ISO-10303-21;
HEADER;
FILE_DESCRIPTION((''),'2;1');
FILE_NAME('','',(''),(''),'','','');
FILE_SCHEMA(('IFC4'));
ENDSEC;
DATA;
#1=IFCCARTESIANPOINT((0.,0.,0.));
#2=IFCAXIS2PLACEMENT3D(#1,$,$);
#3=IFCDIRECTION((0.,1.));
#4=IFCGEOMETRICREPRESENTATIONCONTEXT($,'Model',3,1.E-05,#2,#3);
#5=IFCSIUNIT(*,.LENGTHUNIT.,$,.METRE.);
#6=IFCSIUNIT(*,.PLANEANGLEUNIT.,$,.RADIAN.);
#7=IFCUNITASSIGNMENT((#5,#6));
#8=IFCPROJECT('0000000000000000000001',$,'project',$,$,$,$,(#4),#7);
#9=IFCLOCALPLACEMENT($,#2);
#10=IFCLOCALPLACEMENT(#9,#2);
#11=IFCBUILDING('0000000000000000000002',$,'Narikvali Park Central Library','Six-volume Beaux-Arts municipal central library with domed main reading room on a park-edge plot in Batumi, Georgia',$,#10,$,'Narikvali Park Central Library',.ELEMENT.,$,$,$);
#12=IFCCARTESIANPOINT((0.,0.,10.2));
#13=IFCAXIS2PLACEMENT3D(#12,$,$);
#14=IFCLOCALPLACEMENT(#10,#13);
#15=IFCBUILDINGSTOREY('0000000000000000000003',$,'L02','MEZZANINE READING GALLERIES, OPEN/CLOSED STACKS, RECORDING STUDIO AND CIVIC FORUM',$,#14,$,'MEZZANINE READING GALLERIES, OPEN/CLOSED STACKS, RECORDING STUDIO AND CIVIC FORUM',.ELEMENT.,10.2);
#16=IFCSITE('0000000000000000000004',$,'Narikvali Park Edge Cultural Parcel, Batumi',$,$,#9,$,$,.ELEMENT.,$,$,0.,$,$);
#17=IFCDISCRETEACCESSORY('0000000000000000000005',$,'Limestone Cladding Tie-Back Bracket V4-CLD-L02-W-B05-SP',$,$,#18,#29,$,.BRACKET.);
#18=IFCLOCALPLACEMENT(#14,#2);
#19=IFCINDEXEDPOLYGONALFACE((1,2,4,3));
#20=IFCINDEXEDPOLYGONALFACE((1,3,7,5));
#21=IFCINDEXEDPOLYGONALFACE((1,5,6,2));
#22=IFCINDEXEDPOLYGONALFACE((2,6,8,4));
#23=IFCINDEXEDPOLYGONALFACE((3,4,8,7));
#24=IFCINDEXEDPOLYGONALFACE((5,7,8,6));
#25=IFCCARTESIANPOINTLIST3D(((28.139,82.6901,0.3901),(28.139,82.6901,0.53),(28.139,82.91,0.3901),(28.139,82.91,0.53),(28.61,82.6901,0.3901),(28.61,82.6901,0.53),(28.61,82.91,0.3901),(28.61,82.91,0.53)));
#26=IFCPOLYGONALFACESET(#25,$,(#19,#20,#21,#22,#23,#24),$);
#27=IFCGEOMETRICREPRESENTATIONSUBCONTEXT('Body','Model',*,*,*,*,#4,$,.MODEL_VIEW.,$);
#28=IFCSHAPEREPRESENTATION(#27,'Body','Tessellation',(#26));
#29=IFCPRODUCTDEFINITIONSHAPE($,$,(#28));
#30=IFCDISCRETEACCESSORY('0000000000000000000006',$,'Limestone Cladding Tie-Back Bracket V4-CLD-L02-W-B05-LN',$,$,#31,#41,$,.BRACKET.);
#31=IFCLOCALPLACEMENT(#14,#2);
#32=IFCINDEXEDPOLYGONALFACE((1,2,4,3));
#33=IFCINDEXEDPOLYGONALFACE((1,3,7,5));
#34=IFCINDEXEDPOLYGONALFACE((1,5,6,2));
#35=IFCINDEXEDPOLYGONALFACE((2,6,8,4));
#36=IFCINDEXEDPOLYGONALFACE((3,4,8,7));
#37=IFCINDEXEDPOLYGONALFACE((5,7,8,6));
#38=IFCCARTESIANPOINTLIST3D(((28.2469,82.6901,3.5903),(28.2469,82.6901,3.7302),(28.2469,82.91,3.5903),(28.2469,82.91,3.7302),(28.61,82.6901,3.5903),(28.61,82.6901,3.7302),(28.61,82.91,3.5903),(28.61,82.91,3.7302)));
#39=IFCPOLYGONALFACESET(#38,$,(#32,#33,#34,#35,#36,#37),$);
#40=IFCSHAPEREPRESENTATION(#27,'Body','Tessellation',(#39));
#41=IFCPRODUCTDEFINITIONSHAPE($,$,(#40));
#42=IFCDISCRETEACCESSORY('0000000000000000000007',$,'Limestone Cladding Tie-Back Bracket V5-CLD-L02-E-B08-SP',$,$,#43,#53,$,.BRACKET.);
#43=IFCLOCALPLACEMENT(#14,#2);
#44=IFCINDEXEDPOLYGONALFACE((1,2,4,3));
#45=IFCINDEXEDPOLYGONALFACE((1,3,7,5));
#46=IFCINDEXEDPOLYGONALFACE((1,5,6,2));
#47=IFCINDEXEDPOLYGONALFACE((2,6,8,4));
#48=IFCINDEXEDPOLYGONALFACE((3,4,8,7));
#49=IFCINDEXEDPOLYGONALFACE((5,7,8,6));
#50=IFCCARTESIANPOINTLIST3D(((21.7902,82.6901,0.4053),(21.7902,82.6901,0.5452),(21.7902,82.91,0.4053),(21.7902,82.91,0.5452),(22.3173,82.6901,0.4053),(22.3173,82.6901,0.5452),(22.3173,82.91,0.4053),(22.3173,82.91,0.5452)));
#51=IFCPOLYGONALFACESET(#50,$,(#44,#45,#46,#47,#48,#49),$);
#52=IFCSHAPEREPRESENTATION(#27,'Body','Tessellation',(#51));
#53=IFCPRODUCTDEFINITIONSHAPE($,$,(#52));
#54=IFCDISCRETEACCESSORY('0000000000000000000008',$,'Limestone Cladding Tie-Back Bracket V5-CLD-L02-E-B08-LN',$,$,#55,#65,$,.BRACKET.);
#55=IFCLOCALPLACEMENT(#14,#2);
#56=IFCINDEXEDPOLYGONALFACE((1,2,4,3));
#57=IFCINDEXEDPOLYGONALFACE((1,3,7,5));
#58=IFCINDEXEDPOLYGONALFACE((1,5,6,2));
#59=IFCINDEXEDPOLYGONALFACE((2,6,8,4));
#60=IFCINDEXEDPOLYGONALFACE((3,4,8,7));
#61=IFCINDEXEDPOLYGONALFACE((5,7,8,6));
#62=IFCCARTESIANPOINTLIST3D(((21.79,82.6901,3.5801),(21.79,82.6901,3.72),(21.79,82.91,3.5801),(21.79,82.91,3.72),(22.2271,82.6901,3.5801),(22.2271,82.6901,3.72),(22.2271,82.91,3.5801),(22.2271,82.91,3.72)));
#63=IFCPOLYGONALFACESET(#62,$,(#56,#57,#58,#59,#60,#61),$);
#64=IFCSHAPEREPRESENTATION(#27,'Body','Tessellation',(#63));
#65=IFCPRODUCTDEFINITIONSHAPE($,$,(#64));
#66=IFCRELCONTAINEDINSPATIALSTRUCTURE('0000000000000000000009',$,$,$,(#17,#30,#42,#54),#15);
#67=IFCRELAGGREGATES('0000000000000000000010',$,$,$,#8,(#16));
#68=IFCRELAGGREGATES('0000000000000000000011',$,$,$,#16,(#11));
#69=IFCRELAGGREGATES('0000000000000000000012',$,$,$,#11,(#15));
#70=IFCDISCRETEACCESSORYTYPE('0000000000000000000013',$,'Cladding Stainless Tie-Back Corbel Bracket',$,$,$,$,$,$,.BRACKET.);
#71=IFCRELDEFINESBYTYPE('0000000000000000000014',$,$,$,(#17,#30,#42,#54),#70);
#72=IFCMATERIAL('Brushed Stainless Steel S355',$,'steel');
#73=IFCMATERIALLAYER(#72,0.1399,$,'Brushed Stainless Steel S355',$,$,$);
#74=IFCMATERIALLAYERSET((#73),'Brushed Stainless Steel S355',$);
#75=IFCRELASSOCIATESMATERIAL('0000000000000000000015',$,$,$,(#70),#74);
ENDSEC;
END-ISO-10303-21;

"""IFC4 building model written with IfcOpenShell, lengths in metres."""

from ifc_helpers import new_model, si_unit, direction, frame, origin, origin_2d, place, context, subcontext, project, spatial, rectangle, extrude, material, layer, layer_set, type_object, element, save


model = new_model("IFC4")

# Units and contexts
model_context = context("Model", 3, precision=1e-05, world=origin(), true_north=direction((0.0, 1.0)))
body_context = subcontext(model_context, "Body", "Model", "MODEL_VIEW")
ifc_project = project(units=[si_unit("LENGTHUNIT", "METRE"), si_unit("PLANEANGLEUNIT", "RADIAN")], contexts=[model_context])

# Site, building, storey
site_placement = place(None, origin())
site = spatial("IfcSite", under=ifc_project, at=site_placement, Name="Narikvali Park Edge Cultural Parcel, Batumi", CompositionType="ELEMENT", RefElevation=0.0)
building_placement = place(site_placement, origin())
building = spatial("IfcBuilding", under=site, at=building_placement, Name="Narikvali Park Central Library", Description="Six-volume Beaux-Arts municipal central library with domed main reading room on a park-edge plot in Batumi, Georgia", LongName="Narikvali Park Central Library", CompositionType="ELEMENT")
storey_placement = place(building_placement, frame((0.0, 0.0, 10.2)))
storey = spatial("IfcBuildingStorey", under=building, at=storey_placement, Name="L02", Description="MEZZANINE READING GALLERIES, OPEN/CLOSED STACKS, RECORDING STUDIO AND CIVIC FORUM", LongName="MEZZANINE READING GALLERIES, OPEN/CLOSED STACKS, RECORDING STUDIO AND CIVIC FORUM", CompositionType="ELEMENT", Elevation=10.2)

# Discrete accessories
ifc_material_1 = material(Name="Brushed Stainless Steel S355", Category="steel")
ifc_layer_1 = layer(ifc_material_1, 0.1399, Name="Brushed Stainless Steel S355")
ifc_layer_set_1 = layer_set([ifc_layer_1], Name="Brushed Stainless Steel S355")
discrete_accessory_type = type_object("IfcDiscreteAccessoryType", Name="Cladding Stainless Tie-Back Corbel Bracket", PredefinedType="BRACKET", material=ifc_layer_set_1)
discrete_accessory_1_placement = place(storey_placement, frame((28.3745, 82.8, 0.3901), z_axis=(0.0, 0.0, 1.0), x_axis=(1.0, 0.0, 0.0)))
element("IfcDiscreteAccessory", 1, at=discrete_accessory_1_placement, inside=storey, type_object=discrete_accessory_type, Name="Limestone Cladding Tie-Back Bracket V4-CLD-L02-W-B05-SP", PredefinedType="BRACKET", context=body_context, shape_type="SweptSolid", body=[
    extrude(rectangle(XDim=0.4709, YDim=0.22, at=origin_2d()), origin(), (0.0, 0.0, 1.0), 0.1399),
])
discrete_accessory_2_placement = place(storey_placement, frame((28.4285, 82.8, 3.5903), z_axis=(0.0, 0.0, 1.0), x_axis=(1.0, 0.0, 0.0)))
element("IfcDiscreteAccessory", 2, at=discrete_accessory_2_placement, inside=storey, type_object=discrete_accessory_type, Name="Limestone Cladding Tie-Back Bracket V4-CLD-L02-W-B05-LN", PredefinedType="BRACKET", context=body_context, shape_type="SweptSolid", body=[
    extrude(rectangle(XDim=0.363, YDim=0.22, at=origin_2d()), origin(), (0.0, 0.0, 1.0), 0.1399),
])
discrete_accessory_3_placement = place(storey_placement, frame((22.0537, 82.8, 0.4053), z_axis=(0.0, 0.0, 1.0), x_axis=(1.0, 0.0, 0.0)))
element("IfcDiscreteAccessory", 3, at=discrete_accessory_3_placement, inside=storey, type_object=discrete_accessory_type, Name="Limestone Cladding Tie-Back Bracket V5-CLD-L02-E-B08-SP", PredefinedType="BRACKET", context=body_context, shape_type="SweptSolid", body=[
    extrude(rectangle(XDim=0.5271, YDim=0.22, at=origin_2d()), origin(), (0.0, 0.0, 1.0), 0.1399),
])
discrete_accessory_4_placement = place(storey_placement, frame((22.0085, 82.8, 3.5801), z_axis=(0.0, 0.0, 1.0), x_axis=(1.0, 0.0, 0.0)))
element("IfcDiscreteAccessory", 4, at=discrete_accessory_4_placement, inside=storey, type_object=discrete_accessory_type, Name="Limestone Cladding Tie-Back Bracket V5-CLD-L02-E-B08-LN", PredefinedType="BRACKET", context=body_context, shape_type="SweptSolid", body=[
    extrude(rectangle(XDim=0.437, YDim=0.22, at=origin_2d()), origin(), (0.0, 0.0, 1.0), 0.1399),
])

save(model, "model.ifc")
